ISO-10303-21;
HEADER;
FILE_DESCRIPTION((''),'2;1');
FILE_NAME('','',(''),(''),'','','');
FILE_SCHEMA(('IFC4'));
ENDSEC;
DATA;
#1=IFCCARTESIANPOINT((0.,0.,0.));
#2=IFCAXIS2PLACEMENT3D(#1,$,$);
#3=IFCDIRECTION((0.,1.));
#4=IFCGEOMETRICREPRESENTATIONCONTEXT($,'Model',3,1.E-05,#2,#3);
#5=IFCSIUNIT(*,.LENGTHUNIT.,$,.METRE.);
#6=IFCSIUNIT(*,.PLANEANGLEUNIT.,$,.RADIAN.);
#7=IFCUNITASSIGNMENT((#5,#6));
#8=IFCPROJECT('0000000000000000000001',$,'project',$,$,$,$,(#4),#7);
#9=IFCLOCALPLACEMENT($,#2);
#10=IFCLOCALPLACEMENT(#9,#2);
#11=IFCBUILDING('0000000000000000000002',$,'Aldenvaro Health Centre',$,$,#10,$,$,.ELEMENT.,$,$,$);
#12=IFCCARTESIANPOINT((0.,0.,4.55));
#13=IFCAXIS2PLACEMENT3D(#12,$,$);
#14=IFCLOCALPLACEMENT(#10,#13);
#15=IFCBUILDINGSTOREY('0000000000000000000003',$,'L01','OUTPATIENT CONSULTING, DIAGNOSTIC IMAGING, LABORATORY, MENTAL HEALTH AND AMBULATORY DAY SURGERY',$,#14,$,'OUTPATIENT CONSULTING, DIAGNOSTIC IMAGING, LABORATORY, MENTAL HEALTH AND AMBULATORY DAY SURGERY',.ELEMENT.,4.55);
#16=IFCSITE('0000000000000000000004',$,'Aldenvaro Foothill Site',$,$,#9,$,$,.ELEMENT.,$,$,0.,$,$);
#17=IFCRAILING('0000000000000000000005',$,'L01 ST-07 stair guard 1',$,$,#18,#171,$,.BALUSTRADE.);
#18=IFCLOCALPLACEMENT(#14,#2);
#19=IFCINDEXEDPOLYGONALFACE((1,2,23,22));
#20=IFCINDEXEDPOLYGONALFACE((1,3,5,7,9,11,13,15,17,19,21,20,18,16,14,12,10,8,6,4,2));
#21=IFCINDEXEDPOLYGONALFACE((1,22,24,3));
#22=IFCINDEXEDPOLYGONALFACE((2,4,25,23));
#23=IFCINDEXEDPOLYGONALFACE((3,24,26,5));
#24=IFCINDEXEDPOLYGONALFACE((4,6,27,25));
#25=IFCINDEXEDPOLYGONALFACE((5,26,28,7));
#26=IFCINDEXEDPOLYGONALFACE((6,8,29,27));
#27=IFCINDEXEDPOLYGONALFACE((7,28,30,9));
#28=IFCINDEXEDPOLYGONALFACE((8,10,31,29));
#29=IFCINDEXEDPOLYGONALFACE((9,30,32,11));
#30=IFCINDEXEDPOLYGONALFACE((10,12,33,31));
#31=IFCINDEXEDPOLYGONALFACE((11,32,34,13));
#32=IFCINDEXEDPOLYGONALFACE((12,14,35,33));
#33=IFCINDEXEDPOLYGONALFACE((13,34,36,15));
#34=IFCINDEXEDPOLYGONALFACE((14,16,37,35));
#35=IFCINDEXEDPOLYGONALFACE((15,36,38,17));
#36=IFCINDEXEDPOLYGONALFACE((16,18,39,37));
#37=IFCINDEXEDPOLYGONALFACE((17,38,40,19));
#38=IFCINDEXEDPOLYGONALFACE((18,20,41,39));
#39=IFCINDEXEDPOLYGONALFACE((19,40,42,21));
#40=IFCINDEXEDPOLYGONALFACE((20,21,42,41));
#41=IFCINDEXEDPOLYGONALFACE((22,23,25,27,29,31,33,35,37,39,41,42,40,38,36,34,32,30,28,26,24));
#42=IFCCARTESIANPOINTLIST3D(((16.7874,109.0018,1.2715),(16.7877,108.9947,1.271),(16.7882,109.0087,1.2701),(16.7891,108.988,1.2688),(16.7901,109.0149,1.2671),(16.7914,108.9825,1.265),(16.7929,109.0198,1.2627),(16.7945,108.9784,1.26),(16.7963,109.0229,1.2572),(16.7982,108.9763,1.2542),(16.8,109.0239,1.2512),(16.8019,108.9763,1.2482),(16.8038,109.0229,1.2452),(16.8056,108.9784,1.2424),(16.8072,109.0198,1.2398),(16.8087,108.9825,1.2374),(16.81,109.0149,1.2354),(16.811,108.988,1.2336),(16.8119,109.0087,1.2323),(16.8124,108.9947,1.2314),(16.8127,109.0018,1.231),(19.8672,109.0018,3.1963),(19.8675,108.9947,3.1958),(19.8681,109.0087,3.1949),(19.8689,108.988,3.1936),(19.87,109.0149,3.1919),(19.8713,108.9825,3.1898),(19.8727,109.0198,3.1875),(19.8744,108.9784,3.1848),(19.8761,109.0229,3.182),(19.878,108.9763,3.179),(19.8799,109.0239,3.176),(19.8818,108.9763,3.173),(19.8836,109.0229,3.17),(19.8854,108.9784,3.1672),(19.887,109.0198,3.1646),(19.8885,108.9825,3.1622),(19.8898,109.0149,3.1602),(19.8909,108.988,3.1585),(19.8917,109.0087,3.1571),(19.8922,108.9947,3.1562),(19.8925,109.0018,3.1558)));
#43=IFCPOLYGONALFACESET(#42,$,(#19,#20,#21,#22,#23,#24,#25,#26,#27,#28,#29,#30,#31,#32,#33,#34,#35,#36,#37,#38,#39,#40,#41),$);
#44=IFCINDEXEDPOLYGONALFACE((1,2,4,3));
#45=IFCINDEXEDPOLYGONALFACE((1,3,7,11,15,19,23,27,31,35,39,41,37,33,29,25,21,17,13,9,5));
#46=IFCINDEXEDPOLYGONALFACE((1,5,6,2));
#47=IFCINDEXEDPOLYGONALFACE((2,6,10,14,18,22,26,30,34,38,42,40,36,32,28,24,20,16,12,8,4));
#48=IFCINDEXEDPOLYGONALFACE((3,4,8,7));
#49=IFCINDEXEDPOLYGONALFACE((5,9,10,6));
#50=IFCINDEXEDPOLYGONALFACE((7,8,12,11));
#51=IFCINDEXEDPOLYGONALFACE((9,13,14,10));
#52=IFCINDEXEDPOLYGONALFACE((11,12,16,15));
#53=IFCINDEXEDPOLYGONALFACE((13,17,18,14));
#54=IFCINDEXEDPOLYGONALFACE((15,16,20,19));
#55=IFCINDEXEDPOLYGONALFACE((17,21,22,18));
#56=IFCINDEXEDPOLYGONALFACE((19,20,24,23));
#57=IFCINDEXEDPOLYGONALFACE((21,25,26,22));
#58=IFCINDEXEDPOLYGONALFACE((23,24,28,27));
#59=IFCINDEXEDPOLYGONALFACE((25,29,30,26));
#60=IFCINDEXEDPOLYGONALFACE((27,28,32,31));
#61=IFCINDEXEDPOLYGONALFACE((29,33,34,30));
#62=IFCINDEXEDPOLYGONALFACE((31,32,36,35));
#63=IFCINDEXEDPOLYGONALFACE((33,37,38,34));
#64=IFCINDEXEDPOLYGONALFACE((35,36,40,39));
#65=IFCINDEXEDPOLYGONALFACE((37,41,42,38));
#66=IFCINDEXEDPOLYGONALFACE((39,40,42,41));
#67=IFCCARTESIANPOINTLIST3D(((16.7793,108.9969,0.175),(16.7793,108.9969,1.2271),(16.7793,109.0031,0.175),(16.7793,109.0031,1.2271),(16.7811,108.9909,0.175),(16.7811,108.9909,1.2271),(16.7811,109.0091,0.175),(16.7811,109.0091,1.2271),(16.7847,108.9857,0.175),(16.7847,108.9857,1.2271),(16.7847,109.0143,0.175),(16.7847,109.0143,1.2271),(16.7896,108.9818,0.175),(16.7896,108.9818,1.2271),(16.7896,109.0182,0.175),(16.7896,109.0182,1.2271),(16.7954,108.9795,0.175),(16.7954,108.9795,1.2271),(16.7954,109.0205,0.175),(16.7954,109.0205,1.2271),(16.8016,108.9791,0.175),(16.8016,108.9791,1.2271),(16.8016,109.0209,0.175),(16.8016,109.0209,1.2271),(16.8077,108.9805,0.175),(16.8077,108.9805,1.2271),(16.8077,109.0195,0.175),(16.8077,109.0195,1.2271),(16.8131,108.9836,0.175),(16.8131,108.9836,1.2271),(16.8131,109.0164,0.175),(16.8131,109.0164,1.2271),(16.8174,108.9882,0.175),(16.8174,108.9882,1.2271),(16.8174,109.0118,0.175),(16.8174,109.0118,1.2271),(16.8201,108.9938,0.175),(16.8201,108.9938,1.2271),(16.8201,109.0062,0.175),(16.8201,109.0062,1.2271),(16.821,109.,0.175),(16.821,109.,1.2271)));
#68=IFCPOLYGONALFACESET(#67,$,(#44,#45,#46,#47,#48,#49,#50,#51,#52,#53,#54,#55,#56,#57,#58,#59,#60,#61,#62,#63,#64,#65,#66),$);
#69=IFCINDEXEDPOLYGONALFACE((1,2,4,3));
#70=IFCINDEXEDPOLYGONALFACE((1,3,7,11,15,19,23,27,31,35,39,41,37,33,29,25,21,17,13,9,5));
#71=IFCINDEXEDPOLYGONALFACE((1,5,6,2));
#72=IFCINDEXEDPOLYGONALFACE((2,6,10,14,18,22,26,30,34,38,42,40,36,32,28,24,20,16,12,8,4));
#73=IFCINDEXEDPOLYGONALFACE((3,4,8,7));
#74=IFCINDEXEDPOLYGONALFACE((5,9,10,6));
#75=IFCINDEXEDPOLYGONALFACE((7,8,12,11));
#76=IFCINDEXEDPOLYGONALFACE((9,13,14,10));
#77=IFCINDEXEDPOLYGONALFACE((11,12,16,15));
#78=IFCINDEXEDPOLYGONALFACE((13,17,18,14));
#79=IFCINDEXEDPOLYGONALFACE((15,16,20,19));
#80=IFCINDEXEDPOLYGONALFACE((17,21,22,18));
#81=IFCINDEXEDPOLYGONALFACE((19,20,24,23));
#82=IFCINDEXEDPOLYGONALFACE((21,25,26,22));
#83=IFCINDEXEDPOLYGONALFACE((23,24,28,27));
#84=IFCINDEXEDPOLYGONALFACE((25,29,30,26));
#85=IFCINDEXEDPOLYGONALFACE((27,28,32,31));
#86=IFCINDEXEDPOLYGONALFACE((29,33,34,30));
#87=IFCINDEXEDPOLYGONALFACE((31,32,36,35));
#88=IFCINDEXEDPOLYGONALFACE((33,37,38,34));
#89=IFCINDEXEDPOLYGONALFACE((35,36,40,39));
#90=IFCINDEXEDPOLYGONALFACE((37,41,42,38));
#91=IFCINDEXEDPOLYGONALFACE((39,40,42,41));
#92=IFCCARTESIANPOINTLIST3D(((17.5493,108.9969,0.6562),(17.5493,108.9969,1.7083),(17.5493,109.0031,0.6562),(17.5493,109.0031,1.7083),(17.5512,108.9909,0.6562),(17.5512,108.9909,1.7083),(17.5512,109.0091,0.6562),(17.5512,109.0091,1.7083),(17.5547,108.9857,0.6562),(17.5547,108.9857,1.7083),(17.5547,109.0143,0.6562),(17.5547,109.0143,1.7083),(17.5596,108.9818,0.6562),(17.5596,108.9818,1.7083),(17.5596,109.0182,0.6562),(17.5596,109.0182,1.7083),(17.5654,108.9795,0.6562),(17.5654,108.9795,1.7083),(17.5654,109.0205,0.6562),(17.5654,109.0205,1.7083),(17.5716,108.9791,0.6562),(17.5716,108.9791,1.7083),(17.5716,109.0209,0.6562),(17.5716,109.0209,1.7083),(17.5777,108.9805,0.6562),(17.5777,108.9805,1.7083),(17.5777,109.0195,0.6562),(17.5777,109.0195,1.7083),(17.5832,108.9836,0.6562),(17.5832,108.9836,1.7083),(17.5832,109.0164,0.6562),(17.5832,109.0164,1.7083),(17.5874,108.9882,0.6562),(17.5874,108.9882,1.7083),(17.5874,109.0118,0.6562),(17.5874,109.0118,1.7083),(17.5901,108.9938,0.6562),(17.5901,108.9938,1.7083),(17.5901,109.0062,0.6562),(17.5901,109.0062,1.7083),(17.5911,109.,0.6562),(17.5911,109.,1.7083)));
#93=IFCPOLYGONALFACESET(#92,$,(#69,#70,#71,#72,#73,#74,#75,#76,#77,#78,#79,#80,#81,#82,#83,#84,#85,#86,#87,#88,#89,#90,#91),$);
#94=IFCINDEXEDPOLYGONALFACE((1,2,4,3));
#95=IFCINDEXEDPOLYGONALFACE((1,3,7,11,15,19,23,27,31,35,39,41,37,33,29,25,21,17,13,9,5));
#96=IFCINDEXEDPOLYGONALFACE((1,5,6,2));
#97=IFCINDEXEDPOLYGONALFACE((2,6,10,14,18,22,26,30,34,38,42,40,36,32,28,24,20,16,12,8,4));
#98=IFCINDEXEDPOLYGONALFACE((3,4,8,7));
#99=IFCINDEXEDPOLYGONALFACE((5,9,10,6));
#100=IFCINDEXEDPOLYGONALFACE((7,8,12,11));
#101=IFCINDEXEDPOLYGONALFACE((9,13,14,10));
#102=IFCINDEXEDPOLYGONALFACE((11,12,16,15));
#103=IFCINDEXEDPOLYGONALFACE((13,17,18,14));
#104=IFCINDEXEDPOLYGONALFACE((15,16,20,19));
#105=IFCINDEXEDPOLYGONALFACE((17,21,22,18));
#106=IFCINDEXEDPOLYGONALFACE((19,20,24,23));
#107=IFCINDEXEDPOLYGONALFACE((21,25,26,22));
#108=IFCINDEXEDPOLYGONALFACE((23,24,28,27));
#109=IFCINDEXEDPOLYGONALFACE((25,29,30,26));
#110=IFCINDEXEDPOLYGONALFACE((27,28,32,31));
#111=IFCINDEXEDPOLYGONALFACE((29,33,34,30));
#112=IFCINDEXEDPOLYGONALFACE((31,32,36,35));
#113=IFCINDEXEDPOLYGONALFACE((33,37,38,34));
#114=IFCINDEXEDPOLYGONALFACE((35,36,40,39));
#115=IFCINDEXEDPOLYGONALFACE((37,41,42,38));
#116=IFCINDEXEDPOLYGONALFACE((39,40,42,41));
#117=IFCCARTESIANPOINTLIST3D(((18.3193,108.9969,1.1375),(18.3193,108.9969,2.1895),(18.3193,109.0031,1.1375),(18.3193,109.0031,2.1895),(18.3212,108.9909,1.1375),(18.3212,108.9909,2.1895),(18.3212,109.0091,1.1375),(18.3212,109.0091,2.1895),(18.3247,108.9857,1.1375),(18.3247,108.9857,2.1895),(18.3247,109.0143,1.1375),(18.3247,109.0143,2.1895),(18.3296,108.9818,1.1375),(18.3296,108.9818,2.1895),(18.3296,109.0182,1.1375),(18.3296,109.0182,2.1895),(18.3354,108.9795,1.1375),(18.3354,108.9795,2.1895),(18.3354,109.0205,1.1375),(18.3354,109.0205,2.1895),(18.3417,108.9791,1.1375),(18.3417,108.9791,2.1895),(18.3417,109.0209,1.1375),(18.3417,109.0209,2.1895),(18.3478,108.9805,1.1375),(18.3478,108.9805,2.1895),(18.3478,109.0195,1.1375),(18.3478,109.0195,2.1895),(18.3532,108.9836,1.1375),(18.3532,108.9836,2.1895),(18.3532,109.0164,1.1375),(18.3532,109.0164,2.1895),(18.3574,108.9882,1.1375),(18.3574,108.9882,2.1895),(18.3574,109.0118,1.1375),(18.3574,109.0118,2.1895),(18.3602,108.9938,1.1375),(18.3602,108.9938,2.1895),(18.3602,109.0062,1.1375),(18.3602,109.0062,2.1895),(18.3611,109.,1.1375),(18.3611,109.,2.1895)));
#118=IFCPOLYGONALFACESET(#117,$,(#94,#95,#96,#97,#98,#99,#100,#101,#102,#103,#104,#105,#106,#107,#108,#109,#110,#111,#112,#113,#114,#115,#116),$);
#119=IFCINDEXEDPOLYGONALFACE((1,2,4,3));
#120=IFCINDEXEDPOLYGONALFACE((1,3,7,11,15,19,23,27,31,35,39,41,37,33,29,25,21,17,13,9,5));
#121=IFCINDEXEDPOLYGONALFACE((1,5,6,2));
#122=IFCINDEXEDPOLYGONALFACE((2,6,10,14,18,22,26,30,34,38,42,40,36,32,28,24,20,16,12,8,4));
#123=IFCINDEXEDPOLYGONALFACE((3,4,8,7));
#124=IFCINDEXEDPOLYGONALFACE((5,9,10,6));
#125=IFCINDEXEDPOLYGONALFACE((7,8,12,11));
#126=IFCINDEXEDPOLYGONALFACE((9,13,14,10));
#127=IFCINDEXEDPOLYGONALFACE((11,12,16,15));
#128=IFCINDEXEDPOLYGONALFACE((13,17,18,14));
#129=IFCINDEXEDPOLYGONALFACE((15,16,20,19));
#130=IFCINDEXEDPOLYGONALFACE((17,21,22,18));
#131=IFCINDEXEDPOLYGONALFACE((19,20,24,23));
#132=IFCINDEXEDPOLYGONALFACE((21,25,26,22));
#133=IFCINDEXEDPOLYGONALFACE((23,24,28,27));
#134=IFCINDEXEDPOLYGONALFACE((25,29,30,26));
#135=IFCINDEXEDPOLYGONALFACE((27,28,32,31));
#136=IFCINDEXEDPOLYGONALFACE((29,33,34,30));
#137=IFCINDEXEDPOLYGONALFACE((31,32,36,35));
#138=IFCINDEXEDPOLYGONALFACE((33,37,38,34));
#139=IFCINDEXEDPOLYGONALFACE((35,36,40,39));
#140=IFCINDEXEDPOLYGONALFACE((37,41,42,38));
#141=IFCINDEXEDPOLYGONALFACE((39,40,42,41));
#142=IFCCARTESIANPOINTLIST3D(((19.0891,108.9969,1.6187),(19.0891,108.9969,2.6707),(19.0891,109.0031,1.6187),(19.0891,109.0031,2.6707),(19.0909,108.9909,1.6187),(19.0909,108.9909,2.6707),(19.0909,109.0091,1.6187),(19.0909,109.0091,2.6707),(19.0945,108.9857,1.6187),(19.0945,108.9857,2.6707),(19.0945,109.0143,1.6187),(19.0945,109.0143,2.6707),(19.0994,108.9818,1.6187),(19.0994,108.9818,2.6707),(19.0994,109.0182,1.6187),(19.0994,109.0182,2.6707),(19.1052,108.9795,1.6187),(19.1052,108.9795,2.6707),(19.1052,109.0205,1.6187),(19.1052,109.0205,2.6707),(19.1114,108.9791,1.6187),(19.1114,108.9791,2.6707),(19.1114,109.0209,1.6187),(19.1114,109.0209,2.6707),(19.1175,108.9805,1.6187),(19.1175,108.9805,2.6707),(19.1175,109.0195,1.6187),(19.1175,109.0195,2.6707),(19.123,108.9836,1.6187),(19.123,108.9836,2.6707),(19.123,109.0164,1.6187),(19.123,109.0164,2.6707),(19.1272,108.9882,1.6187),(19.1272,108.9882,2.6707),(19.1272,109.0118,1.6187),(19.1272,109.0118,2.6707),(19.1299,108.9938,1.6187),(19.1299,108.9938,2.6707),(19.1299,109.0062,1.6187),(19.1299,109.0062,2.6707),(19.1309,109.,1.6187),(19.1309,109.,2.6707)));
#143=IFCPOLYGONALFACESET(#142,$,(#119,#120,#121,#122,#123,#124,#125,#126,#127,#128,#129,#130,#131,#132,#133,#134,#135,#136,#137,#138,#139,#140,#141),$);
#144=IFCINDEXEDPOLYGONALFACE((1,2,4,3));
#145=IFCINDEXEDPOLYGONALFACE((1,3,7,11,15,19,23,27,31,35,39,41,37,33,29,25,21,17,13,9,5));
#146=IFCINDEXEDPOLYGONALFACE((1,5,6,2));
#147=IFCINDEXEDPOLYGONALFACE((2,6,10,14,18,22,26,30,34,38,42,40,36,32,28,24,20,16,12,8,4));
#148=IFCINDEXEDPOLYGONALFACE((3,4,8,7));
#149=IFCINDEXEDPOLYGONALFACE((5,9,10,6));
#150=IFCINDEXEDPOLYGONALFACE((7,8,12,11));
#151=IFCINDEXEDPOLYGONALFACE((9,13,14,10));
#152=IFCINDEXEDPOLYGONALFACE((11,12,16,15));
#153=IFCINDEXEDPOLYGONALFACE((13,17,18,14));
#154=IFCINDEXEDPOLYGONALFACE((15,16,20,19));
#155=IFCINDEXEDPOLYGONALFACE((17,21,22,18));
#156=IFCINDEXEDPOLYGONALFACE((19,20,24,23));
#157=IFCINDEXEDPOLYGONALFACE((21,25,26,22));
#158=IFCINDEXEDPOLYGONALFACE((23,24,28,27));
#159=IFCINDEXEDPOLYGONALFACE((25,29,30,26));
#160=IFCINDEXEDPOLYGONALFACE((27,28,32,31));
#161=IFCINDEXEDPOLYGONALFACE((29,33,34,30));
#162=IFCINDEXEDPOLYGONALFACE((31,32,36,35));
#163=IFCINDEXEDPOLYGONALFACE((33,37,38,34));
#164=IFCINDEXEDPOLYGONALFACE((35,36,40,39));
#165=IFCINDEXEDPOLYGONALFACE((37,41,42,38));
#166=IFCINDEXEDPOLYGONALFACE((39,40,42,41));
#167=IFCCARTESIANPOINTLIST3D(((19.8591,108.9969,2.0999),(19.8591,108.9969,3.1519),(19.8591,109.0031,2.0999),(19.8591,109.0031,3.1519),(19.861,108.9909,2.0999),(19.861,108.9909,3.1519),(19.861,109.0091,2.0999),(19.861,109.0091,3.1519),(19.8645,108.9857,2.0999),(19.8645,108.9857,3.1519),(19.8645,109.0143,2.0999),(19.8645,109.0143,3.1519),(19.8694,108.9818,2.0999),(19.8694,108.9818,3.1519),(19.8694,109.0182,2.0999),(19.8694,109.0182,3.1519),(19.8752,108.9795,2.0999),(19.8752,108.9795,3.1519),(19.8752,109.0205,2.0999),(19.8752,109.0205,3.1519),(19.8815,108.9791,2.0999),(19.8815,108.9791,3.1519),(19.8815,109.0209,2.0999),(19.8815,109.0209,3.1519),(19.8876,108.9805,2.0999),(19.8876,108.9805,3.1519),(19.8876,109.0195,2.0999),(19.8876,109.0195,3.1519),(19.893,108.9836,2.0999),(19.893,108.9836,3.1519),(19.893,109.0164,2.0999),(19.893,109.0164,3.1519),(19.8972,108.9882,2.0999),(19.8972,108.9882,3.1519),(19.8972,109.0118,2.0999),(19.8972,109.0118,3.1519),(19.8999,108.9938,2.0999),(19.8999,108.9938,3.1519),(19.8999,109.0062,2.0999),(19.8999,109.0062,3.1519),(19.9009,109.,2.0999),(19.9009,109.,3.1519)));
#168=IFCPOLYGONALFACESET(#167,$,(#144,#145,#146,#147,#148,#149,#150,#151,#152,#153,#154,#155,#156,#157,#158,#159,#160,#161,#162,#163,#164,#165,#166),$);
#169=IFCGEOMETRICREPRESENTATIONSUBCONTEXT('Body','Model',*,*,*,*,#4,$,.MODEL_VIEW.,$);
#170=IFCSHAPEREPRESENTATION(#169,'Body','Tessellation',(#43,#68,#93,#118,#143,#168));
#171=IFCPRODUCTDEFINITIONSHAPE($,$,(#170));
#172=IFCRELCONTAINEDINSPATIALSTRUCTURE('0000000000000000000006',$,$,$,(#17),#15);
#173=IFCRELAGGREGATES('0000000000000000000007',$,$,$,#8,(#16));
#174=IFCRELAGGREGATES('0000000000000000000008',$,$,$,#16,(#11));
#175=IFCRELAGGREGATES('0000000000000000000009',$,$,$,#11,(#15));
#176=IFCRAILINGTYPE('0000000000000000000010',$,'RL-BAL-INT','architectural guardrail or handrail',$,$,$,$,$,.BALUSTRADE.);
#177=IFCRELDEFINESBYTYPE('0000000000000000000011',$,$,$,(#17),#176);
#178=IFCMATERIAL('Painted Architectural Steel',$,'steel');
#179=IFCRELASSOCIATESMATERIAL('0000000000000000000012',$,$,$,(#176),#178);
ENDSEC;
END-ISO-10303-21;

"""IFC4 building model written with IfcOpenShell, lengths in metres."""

from ifc_helpers import new_model, si_unit, direction, frame, origin, origin_2d, place, context, subcontext, project, spatial, circle, extrude, material, type_object, element, save


model = new_model("IFC4")

# Units and contexts
model_context = context("Model", 3, precision=1e-05, world=origin(), true_north=direction((0.0, 1.0)))
body_context = subcontext(model_context, "Body", "Model", "MODEL_VIEW")
ifc_project = project(units=[si_unit("LENGTHUNIT", "METRE"), si_unit("PLANEANGLEUNIT", "RADIAN")], contexts=[model_context])

# Site, building, storey
site_placement = place(None, origin())
site = spatial("IfcSite", under=ifc_project, at=site_placement, Name="Aldenvaro Foothill Site", CompositionType="ELEMENT", RefElevation=0.0)
building_placement = place(site_placement, origin())
building = spatial("IfcBuilding", under=site, at=building_placement, Name="Aldenvaro Health Centre", CompositionType="ELEMENT")
storey_placement = place(building_placement, frame((0.0, 0.0, 4.55)))
storey = spatial("IfcBuildingStorey", under=building, at=storey_placement, Name="L01", Description="OUTPATIENT CONSULTING, DIAGNOSTIC IMAGING, LABORATORY, MENTAL HEALTH AND AMBULATORY DAY SURGERY", LongName="OUTPATIENT CONSULTING, DIAGNOSTIC IMAGING, LABORATORY, MENTAL HEALTH AND AMBULATORY DAY SURGERY", CompositionType="ELEMENT", Elevation=4.55)

# Railing
ifc_material_1 = material(Name="Painted Architectural Steel", Category="steel")
railing_type_1 = type_object("IfcRailingType", Name="RL-BAL-INT", Description="architectural guardrail or handrail", PredefinedType="BALUSTRADE", material=ifc_material_1)
railing_1_placement = place(storey_placement, frame((16.8, 109.0, 0.175)))
element("IfcRailing", 1, at=railing_1_placement, inside=storey, type_object=railing_type_1, Name="L01 ST-07 stair guard 1", PredefinedType="BALUSTRADE", context=body_context, shape_type="SweptSolid", body=[
    extrude(circle(Radius=0.0239, at=origin_2d()), frame((0.0, 0.0, 1.0762), z_axis=(0.84801, 0.0, 0.529981), x_axis=(0.0, 1.0, 0.0)), (0.0, 0.0, 1.0), 3.6318),
    extrude(circle(Radius=0.021, at=origin_2d()), origin(), (0.0, 0.0, 1.0), 1.052),
    extrude(circle(Radius=0.021, at=origin_2d()), frame((0.77, 0.0, 0.4812)), (0.0, 0.0, 1.0), 1.052),
    extrude(circle(Radius=0.021, at=origin_2d()), frame((1.54, 0.0, 0.9624)), (0.0, 0.0, 1.0), 1.052),
    extrude(circle(Radius=0.021, at=origin_2d()), frame((2.3098, 0.0, 1.4436)), (0.0, 0.0, 1.0), 1.052),
    extrude(circle(Radius=0.021, at=origin_2d()), frame((3.0798, 0.0, 1.9248)), (0.0, 0.0, 1.0), 1.052),
])

save(model, "model.ifc")
